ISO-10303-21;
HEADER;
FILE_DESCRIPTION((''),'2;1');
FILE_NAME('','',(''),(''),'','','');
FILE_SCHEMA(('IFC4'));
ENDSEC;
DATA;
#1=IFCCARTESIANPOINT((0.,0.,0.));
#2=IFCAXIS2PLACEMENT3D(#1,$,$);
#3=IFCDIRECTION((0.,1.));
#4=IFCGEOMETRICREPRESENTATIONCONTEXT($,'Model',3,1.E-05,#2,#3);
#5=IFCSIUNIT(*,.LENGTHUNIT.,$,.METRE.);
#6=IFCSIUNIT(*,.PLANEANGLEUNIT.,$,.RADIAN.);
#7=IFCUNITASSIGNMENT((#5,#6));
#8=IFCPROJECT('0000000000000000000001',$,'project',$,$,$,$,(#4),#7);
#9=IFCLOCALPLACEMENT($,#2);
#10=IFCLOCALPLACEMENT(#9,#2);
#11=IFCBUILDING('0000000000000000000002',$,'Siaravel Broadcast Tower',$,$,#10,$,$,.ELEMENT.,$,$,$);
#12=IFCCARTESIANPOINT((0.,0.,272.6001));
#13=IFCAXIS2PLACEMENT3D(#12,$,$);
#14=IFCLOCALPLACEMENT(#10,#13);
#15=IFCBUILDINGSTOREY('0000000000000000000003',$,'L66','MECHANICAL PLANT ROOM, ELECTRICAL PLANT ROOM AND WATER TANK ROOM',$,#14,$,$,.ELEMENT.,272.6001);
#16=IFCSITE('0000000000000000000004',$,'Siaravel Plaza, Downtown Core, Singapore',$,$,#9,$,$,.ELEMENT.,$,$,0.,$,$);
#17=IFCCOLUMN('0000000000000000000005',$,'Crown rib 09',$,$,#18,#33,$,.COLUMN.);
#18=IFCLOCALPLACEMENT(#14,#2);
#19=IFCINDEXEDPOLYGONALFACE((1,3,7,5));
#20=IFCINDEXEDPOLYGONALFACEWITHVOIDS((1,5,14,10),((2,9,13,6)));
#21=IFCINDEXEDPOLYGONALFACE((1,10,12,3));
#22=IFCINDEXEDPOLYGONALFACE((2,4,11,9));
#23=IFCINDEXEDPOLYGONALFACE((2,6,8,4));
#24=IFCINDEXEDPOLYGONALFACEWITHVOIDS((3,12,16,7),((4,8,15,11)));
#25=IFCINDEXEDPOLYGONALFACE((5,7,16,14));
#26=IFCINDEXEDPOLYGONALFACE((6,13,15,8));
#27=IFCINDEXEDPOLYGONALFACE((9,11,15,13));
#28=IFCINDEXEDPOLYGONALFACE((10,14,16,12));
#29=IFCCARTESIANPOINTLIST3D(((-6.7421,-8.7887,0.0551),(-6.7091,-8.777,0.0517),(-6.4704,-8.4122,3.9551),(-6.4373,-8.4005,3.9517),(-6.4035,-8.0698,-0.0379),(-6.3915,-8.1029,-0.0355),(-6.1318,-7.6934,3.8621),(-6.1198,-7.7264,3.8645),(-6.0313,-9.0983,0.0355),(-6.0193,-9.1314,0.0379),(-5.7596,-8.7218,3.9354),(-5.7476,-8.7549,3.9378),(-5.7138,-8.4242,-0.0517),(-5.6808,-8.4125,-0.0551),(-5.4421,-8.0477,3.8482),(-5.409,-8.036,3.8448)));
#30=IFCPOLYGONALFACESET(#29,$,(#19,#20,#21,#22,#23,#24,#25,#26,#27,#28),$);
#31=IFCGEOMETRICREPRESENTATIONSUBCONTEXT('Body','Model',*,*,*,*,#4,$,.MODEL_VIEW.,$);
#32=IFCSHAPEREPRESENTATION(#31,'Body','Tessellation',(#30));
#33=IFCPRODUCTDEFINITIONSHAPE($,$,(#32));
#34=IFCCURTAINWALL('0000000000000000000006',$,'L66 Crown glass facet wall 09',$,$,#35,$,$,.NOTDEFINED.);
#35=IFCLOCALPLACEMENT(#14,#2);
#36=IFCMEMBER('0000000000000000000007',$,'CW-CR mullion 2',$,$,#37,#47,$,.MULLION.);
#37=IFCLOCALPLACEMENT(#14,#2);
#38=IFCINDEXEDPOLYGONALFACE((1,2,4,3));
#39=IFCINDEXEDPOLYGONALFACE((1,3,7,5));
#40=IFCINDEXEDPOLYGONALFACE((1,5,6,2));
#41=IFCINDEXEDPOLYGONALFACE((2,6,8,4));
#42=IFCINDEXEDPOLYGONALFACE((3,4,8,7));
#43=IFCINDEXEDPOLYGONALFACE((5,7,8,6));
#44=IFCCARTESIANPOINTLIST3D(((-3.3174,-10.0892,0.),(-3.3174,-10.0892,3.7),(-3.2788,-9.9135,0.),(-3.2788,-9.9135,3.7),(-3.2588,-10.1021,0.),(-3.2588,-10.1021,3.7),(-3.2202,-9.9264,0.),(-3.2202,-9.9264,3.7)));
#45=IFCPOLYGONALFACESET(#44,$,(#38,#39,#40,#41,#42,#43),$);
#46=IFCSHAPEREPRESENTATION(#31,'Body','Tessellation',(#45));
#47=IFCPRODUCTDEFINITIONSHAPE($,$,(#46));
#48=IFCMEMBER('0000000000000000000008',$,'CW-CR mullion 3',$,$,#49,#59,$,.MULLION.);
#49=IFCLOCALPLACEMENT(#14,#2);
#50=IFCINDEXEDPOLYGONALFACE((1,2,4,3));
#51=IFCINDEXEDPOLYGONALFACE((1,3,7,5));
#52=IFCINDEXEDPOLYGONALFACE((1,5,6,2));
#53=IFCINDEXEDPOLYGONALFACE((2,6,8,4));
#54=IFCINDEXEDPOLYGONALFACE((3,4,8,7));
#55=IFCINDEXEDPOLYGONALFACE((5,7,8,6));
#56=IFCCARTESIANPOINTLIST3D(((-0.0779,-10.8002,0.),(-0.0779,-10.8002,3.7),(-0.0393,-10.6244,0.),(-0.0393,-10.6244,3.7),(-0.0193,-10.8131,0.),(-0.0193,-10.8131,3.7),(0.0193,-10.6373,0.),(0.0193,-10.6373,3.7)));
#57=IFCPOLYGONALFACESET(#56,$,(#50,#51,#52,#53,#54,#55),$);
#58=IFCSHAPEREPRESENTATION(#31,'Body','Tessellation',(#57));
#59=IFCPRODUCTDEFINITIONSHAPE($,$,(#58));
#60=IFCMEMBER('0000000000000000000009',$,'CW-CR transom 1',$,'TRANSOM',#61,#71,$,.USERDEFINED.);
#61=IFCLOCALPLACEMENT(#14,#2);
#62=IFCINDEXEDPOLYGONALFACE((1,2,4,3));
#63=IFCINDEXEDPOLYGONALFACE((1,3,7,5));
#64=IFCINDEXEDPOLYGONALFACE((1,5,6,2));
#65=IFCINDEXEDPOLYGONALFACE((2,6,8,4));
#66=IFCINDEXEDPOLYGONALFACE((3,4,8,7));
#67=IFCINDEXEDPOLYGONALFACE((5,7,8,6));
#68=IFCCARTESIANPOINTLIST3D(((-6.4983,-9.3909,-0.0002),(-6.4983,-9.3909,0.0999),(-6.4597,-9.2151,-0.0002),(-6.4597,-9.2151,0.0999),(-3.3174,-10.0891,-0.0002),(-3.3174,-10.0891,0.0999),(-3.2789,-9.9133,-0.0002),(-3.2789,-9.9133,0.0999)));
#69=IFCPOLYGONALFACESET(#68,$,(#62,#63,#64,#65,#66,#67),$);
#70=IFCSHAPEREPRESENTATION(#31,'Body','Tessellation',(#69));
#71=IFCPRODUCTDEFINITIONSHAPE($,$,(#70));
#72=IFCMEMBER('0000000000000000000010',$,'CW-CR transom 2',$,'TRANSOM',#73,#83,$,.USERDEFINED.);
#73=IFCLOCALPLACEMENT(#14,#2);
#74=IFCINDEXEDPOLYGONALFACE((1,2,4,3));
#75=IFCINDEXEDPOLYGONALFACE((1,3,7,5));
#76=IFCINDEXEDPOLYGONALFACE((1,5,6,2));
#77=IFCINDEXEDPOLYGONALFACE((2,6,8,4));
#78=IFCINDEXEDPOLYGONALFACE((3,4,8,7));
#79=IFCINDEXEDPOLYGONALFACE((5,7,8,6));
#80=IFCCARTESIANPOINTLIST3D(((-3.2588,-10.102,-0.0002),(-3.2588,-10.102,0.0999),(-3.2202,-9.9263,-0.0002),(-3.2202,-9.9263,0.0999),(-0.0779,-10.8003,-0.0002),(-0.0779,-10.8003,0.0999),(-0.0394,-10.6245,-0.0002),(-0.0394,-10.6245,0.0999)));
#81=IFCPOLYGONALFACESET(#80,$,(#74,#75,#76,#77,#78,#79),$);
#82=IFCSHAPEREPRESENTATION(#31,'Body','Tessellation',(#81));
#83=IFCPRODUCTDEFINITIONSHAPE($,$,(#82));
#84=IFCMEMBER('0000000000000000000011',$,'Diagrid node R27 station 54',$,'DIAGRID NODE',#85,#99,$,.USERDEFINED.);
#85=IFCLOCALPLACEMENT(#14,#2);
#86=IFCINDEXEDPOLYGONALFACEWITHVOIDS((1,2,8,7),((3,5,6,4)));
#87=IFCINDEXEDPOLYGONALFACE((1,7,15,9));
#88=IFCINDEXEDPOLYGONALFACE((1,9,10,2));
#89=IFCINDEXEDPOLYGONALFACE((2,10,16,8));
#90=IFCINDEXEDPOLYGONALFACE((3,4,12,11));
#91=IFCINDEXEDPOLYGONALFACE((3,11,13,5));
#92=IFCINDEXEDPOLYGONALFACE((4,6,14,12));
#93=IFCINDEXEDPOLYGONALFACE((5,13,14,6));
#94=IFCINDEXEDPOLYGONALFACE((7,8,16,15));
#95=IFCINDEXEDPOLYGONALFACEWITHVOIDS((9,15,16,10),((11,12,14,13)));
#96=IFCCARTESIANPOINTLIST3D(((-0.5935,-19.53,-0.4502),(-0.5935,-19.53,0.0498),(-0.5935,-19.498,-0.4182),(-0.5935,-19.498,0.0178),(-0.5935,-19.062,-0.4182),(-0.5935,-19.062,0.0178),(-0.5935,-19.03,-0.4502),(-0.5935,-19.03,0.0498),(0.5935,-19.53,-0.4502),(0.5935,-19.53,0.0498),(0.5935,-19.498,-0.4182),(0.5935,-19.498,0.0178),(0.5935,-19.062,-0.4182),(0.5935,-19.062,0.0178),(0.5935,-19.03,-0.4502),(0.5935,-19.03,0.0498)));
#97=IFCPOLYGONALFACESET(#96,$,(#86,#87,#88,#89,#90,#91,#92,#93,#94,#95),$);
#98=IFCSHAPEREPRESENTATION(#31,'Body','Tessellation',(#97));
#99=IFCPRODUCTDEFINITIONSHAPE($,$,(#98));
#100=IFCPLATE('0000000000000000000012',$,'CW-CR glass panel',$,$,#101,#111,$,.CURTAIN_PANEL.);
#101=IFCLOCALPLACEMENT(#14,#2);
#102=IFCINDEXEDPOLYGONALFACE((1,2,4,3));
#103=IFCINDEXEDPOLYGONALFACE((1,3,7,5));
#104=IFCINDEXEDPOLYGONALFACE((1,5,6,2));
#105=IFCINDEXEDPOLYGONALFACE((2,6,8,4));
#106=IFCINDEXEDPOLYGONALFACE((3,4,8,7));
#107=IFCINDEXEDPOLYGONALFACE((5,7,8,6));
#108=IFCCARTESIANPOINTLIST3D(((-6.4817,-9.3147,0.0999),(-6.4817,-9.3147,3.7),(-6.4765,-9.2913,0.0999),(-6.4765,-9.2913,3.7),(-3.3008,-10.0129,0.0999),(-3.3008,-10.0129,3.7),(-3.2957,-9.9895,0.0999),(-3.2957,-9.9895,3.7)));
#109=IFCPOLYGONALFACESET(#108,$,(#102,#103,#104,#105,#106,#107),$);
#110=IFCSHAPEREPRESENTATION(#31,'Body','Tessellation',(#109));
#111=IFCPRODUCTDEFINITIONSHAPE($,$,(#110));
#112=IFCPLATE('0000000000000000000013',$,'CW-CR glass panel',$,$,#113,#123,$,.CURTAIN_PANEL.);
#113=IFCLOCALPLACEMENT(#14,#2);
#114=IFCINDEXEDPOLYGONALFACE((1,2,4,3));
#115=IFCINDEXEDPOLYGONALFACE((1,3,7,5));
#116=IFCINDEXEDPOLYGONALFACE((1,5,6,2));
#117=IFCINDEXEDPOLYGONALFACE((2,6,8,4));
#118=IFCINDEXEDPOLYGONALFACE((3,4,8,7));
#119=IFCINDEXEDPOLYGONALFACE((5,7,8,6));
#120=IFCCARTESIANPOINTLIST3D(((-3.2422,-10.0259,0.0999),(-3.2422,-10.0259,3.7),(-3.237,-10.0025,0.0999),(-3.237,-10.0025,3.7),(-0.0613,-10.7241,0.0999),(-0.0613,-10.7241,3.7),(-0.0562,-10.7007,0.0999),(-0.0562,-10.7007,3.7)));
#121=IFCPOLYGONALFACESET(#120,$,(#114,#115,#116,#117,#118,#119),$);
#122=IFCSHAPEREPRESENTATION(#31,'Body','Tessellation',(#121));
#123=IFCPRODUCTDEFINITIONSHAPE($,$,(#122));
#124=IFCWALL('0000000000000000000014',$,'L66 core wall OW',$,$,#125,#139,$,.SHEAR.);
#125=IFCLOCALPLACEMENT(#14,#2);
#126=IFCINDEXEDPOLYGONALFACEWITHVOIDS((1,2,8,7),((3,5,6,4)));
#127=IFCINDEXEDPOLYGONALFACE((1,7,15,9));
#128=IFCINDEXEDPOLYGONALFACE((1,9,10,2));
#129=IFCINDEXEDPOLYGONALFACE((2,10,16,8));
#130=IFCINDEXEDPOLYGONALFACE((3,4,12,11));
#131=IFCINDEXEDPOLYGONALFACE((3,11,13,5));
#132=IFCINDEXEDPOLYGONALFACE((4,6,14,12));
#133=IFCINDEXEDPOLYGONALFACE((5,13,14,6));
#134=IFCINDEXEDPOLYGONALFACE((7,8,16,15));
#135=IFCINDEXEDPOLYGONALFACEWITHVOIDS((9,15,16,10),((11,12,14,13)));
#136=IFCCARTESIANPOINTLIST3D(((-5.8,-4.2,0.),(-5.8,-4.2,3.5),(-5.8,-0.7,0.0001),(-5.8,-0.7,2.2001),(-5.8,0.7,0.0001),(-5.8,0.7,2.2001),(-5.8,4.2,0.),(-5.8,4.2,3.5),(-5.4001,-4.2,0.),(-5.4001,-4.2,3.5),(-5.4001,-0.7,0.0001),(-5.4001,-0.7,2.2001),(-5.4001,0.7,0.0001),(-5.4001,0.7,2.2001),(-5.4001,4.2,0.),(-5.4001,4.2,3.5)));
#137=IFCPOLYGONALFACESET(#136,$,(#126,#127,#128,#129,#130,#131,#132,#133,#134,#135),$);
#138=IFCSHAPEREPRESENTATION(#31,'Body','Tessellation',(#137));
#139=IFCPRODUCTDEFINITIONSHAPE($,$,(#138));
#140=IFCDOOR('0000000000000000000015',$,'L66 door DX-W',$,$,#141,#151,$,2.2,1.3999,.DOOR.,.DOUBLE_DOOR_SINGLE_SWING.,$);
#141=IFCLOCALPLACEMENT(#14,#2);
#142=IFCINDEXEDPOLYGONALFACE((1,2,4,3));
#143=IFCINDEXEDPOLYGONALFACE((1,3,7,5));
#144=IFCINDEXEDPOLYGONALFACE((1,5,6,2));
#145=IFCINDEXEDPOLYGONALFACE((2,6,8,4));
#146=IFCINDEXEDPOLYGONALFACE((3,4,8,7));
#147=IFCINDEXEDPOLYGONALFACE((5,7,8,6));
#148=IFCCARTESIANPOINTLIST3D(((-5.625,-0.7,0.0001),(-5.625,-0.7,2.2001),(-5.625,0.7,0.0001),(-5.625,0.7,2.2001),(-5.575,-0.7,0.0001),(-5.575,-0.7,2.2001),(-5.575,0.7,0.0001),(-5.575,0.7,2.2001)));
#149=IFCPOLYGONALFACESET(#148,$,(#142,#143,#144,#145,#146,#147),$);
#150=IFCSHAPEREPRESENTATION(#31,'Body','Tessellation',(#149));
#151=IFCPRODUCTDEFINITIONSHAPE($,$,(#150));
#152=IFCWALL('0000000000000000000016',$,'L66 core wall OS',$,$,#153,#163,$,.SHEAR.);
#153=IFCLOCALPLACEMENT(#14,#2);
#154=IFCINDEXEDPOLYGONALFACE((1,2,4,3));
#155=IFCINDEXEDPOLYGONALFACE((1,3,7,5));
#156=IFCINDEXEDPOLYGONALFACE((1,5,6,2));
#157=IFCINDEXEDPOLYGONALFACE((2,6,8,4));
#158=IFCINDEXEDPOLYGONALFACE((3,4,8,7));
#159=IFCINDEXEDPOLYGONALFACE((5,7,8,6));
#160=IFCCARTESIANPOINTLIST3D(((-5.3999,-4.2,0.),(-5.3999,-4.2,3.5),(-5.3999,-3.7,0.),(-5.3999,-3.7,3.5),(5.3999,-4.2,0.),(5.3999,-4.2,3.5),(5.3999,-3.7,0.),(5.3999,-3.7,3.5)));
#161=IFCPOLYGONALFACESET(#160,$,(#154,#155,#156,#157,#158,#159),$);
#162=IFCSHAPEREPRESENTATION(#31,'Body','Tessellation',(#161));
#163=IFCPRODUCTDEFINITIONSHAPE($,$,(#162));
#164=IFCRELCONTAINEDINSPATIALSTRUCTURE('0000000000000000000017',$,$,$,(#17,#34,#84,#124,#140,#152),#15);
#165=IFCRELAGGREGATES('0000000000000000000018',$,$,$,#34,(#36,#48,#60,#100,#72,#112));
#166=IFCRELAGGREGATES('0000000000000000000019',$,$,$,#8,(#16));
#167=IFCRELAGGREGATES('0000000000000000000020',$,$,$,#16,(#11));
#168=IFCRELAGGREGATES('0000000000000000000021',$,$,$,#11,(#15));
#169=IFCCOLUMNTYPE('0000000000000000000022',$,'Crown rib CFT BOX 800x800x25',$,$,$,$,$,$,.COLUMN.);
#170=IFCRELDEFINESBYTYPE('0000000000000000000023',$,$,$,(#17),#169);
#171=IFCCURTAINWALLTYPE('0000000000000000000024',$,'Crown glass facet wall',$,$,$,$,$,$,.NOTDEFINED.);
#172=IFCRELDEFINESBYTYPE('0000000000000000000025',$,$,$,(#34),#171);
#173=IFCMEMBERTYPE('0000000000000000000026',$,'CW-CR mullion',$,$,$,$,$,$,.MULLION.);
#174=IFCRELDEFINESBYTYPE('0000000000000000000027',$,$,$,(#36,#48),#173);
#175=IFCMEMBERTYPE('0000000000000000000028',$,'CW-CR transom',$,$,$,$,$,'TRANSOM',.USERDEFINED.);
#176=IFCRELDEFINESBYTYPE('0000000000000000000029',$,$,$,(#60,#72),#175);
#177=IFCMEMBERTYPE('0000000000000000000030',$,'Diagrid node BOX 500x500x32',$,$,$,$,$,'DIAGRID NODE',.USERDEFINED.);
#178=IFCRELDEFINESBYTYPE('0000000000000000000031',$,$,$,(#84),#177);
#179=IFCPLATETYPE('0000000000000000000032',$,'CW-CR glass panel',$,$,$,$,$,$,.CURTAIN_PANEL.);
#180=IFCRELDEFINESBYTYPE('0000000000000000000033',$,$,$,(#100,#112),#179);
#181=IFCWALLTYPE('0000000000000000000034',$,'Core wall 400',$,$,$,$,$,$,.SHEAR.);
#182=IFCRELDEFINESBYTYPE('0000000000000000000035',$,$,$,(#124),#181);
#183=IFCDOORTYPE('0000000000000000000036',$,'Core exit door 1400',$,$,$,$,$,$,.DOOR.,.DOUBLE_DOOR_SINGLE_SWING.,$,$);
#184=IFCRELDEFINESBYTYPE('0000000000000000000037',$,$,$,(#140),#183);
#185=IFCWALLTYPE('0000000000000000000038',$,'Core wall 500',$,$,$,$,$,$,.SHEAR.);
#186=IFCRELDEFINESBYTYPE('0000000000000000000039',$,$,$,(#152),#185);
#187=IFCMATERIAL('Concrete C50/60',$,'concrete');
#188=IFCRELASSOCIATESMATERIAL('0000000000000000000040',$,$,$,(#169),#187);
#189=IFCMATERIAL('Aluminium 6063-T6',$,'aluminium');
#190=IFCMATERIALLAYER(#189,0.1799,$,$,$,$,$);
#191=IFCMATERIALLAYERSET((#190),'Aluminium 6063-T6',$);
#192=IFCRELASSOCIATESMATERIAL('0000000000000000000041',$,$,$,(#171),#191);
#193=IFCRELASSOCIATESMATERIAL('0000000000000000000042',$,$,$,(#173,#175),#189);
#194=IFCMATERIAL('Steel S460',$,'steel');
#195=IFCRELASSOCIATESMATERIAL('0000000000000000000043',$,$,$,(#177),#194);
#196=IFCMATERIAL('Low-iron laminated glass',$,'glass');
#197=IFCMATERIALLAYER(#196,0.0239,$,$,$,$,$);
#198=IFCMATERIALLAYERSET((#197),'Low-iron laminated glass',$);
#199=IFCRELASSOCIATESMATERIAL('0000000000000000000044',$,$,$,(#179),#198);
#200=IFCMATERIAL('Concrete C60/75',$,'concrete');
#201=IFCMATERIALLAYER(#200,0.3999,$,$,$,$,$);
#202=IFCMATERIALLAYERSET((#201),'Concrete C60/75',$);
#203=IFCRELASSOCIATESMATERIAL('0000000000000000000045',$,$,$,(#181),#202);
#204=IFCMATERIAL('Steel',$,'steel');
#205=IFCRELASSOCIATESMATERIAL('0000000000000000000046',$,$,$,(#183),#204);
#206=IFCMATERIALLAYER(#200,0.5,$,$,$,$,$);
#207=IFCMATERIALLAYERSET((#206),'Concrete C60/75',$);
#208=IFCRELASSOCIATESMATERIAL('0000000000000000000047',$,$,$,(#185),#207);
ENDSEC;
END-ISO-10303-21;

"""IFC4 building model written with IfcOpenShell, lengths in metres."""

from ifc_helpers import new_model, si_unit, direction, frame, frame_2d, origin, origin_2d, place, context, subcontext, project, spatial, rectangle, hollow_rectangle, extrude, material, layer, layer_set, material_profile, profile_set, type_object, element, fill, aggregate, save


model = new_model("IFC4")

# Units and contexts
model_context = context("Model", 3, precision=1e-05, world=origin(), true_north=direction((0.0, 1.0)))
body_context = subcontext(model_context, "Body", "Model", "MODEL_VIEW")
ifc_project = project(units=[si_unit("LENGTHUNIT", "METRE"), si_unit("PLANEANGLEUNIT", "RADIAN")], contexts=[model_context])

# Site, building, storey
site_placement = place(None, origin())
site = spatial("IfcSite", under=ifc_project, at=site_placement, Name="Siaravel Plaza, Downtown Core, Singapore", CompositionType="ELEMENT", RefElevation=0.0)
building_placement = place(site_placement, origin())
building = spatial("IfcBuilding", under=site, at=building_placement, Name="Siaravel Broadcast Tower", CompositionType="ELEMENT")
storey_placement = place(building_placement, frame((0.0, 0.0, 272.6001)))
storey = spatial("IfcBuildingStorey", under=building, at=storey_placement, Name="L66", Description="MECHANICAL PLANT ROOM, ELECTRICAL PLANT ROOM AND WATER TANK ROOM", CompositionType="ELEMENT", Elevation=272.6001)

# Column
ifc_material_1 = material(Name="Concrete C50/60", Category="concrete")
ifc_material_profile_1 = material_profile(ifc_material_1, hollow_rectangle(XDim=0.8, YDim=0.8, WallThickness=0.0249, at=origin_2d()))
ifc_profile_set_1 = profile_set([ifc_material_profile_1], Name="Concrete C50/60")
column_type = type_object("IfcColumnType", Name="Crown rib CFT BOX 800x800x25", PredefinedType="COLUMN", material=ifc_profile_set_1)
column_placement = place(storey_placement, frame((-6.2114, -8.6006, 0.0), z_axis=(0.069187, 0.095855, 0.992988), x_axis=(-0.903382, 0.428292, 0.0216)))
element("IfcColumn", 1, at=column_placement, inside=storey, type_object=column_type, Name="Crown rib 09", PredefinedType="COLUMN", context=body_context, shape_type="SweptSolid", body=[
    extrude(hollow_rectangle(XDim=0.8, YDim=0.8, WallThickness=0.0249, at=origin_2d()), origin(), (0.0, 0.0, 1.0), 3.9275),
])

# Curtain wall, members
ifc_material_2 = material(Name="Aluminium 6063-T6", Category="aluminium")
ifc_layer_1 = layer(ifc_material_2, 0.1799)
ifc_layer_set_1 = layer_set([ifc_layer_1], Name="Aluminium 6063-T6")
curtain_wall_type = type_object("IfcCurtainWallType", Name="Crown glass facet wall", PredefinedType="NOTDEFINED", material=ifc_layer_set_1)
curtain_wall_placement = place(storey_placement, origin())
curtain_wall = element("IfcCurtainWall", 2, at=curtain_wall_placement, inside=storey, type_object=curtain_wall_type, Name="L66 Crown glass facet wall 09", PredefinedType="NOTDEFINED")
ifc_material_profile_2 = material_profile(ifc_material_2, rectangle(XDim=0.1799, YDim=0.0601, at=origin_2d()))
ifc_profile_set_2 = profile_set([ifc_material_profile_2], Name="Aluminium 6063-T6")
member_type_1 = type_object("IfcMemberType", Name="CW-CR mullion", PredefinedType="MULLION", material=ifc_profile_set_2)
member_1_placement = place(storey_placement, frame((-3.2688, -10.0078, 0.0), z_axis=(0.0, 0.0, 1.0), x_axis=(0.214394, 0.976747, 0.0)))
member_1 = element("IfcMember", 3, at=member_1_placement, type_object=member_type_1, Name="CW-CR mullion 2", PredefinedType="MULLION", context=body_context, shape_type="SweptSolid", body=[
    extrude(rectangle(XDim=0.1799, YDim=0.0601, at=origin_2d()), origin(), (0.0, 0.0, 1.0), 3.7),
])
member_2_placement = place(storey_placement, frame((-0.0293, -10.7188, 0.0), z_axis=(0.0, 0.0, 1.0), x_axis=(0.214394, 0.976747, 0.0)))
member_2 = element("IfcMember", 4, at=member_2_placement, type_object=member_type_1, Name="CW-CR mullion 3", PredefinedType="MULLION", context=body_context, shape_type="SweptSolid", body=[
    extrude(rectangle(XDim=0.1799, YDim=0.0601, at=origin_2d()), origin(), (0.0, 0.0, 1.0), 3.7),
])
ifc_material_profile_3 = material_profile(ifc_material_2, rectangle(XDim=0.1799, YDim=0.1001, at=origin_2d()))
ifc_profile_set_3 = profile_set([ifc_material_profile_3], Name="Aluminium 6063-T6")
member_type_2 = type_object("IfcMemberType", Name="CW-CR transom", ElementType="TRANSOM", PredefinedType="USERDEFINED", material=ifc_profile_set_3)
member_3_placement = place(storey_placement, frame((-6.479, -9.303, 0.0498), z_axis=(0.976745, -0.214406, 0.0), x_axis=(0.214406, 0.976745, 0.0)))
member_3 = element("IfcMember", 5, at=member_3_placement, type_object=member_type_2, Name="CW-CR transom 1", ObjectType="TRANSOM", PredefinedType="USERDEFINED", context=body_context, shape_type="SweptSolid", body=[
    extrude(rectangle(XDim=0.1799, YDim=0.1001, at=origin_2d()), origin(), (0.0, 0.0, 1.0), 3.2566),
])
member_4_placement = place(storey_placement, frame((-3.2395, -10.0142, 0.0498), z_axis=(0.976745, -0.214406, 0.0), x_axis=(0.214406, 0.976745, 0.0)))
member_4 = element("IfcMember", 6, at=member_4_placement, type_object=member_type_2, Name="CW-CR transom 2", ObjectType="TRANSOM", PredefinedType="USERDEFINED", context=body_context, shape_type="SweptSolid", body=[
    extrude(rectangle(XDim=0.1799, YDim=0.1001, at=origin_2d()), origin(), (0.0, 0.0, 1.0), 3.2566),
])

# Member
ifc_material_3 = material(Name="Steel S460", Category="steel")
ifc_material_profile_4 = material_profile(ifc_material_3, hollow_rectangle(XDim=0.5, YDim=0.5, WallThickness=0.032, at=origin_2d()))
ifc_profile_set_4 = profile_set([ifc_material_profile_4], Name="Steel S460")
member_type_3 = type_object("IfcMemberType", Name="Diagrid node BOX 500x500x32", ElementType="DIAGRID NODE", PredefinedType="USERDEFINED", material=ifc_profile_set_4)
member_5_placement = place(storey_placement, frame((-0.5935, -19.28, -0.2002), z_axis=(1.0, 0.0, 0.0), x_axis=(0.0, 1.0, 0.0)))
element("IfcMember", 7, at=member_5_placement, inside=storey, type_object=member_type_3, Name="Diagrid node R27 station 54", ObjectType="DIAGRID NODE", PredefinedType="USERDEFINED", context=body_context, shape_type="SweptSolid", body=[
    extrude(hollow_rectangle(XDim=0.5, YDim=0.5, WallThickness=0.032, at=origin_2d()), origin(), (0.0, 0.0, 1.0), 1.187),
])

# Plates
ifc_material_4 = material(Name="Low-iron laminated glass", Category="glass")
ifc_layer_2 = layer(ifc_material_4, 0.0239)
ifc_layer_set_2 = layer_set([ifc_layer_2], Name="Low-iron laminated glass")
plate_type = type_object("IfcPlateType", Name="CW-CR glass panel", PredefinedType="CURTAIN_PANEL", material=ifc_layer_set_2)
plate_1_placement = place(storey_placement, frame((-4.8887, -9.6521, 0.0999), z_axis=(0.0, 0.0, 1.0), x_axis=(0.976747, -0.214394, 0.0)))
plate_1 = element("IfcPlate", 8, at=plate_1_placement, type_object=plate_type, Name="CW-CR glass panel", PredefinedType="CURTAIN_PANEL", context=body_context, shape_type="SweptSolid", body=[
    extrude(rectangle(XDim=3.2566, YDim=0.0239, at=origin_2d()), origin(), (0.0, 0.0, 1.0), 3.6001),
])
plate_2_placement = place(storey_placement, frame((-1.6492, -10.3633, 0.0999), z_axis=(0.0, 0.0, 1.0), x_axis=(0.976747, -0.214394, 0.0)))
plate_2 = element("IfcPlate", 9, at=plate_2_placement, type_object=plate_type, Name="CW-CR glass panel", PredefinedType="CURTAIN_PANEL", context=body_context, shape_type="SweptSolid", body=[
    extrude(rectangle(XDim=3.2566, YDim=0.0239, at=origin_2d()), origin(), (0.0, 0.0, 1.0), 3.6001),
])
aggregate(curtain_wall, [member_1, member_2, member_3, plate_1, member_4, plate_2])

# Wall, opening, door
ifc_material_5 = material(Name="Concrete C60/75", Category="concrete")
ifc_layer_3 = layer(ifc_material_5, 0.3999)
ifc_layer_set_3 = layer_set([ifc_layer_3], Name="Concrete C60/75")
wall_type_1 = type_object("IfcWallType", Name="Core wall 400", PredefinedType="SHEAR", material=ifc_layer_set_3)
wall_1_placement = place(storey_placement, frame((-5.6001, -4.2, 0.0), z_axis=(0.0, 0.0, 1.0), x_axis=(0.0, 1.0, 0.0)))
wall_1 = element("IfcWall", 10, at=wall_1_placement, inside=storey, type_object=wall_type_1, Name="L66 core wall OW", PredefinedType="SHEAR", context=body_context, shape_type="SweptSolid", body=[
    extrude(rectangle(XDim=8.3999, YDim=0.3999, at=frame_2d((4.2, 0.0))), origin(), (0.0, 0.0, 1.0), 3.5),
])
opening_1_placement = place(wall_1_placement, frame((3.5, 0.0, 0.0)))
opening_1 = element("IfcOpeningElement", 11, at=opening_1_placement, cuts=wall_1, PredefinedType="OPENING", context=body_context, shape_type="SweptSolid", body=[
    extrude(rectangle(XDim=1.3999, YDim=2.2, at=frame_2d((0.7, 1.1001))), frame((0.0, 0.21, 0.0), z_axis=(0.0, -1.0, 0.0), x_axis=(1.0, 0.0, 0.0)), (0.0, 0.0, 1.0), 0.4199),
])
ifc_material_6 = material(Name="Steel", Category="steel")
door_type_1 = type_object("IfcDoorType", Name="Core exit door 1400", OperationType="DOUBLE_DOOR_SINGLE_SWING", PredefinedType="DOOR", material=ifc_material_6)
door_1_placement = place(opening_1_placement, origin())
door_1 = element("IfcDoor", 12, at=door_1_placement, inside=storey, type_object=door_type_1, Name="L66 door DX-W", OperationType="DOUBLE_DOOR_SINGLE_SWING", OverallHeight=2.2, OverallWidth=1.3999, PredefinedType="DOOR", context=body_context, shape_type="SweptSolid", body=[
    extrude(rectangle(XDim=1.3999, YDim=2.2, at=frame_2d((0.7, 1.1001))), frame((0.0, 0.0249, 0.0), z_axis=(0.0, -1.0, 0.0), x_axis=(1.0, 0.0, 0.0)), (0.0, 0.0, 1.0), 0.05),
])
fill(opening_1, door_1)

# Wall
ifc_layer_4 = layer(ifc_material_5, 0.5)
ifc_layer_set_4 = layer_set([ifc_layer_4], Name="Concrete C60/75")
wall_type_2 = type_object("IfcWallType", Name="Core wall 500", PredefinedType="SHEAR", material=ifc_layer_set_4)
wall_2_placement = place(storey_placement, frame((-5.3999, -3.95, 0.0), z_axis=(0.0, 0.0, 1.0), x_axis=(1.0, 0.0, 0.0)))
element("IfcWall", 13, at=wall_2_placement, inside=storey, type_object=wall_type_2, Name="L66 core wall OS", PredefinedType="SHEAR", context=body_context, shape_type="SweptSolid", body=[
    extrude(rectangle(XDim=10.7998, YDim=0.5, at=frame_2d((5.3999, 0.0))), origin(), (0.0, 0.0, 1.0), 3.5),
])

save(model, "model.ifc")
